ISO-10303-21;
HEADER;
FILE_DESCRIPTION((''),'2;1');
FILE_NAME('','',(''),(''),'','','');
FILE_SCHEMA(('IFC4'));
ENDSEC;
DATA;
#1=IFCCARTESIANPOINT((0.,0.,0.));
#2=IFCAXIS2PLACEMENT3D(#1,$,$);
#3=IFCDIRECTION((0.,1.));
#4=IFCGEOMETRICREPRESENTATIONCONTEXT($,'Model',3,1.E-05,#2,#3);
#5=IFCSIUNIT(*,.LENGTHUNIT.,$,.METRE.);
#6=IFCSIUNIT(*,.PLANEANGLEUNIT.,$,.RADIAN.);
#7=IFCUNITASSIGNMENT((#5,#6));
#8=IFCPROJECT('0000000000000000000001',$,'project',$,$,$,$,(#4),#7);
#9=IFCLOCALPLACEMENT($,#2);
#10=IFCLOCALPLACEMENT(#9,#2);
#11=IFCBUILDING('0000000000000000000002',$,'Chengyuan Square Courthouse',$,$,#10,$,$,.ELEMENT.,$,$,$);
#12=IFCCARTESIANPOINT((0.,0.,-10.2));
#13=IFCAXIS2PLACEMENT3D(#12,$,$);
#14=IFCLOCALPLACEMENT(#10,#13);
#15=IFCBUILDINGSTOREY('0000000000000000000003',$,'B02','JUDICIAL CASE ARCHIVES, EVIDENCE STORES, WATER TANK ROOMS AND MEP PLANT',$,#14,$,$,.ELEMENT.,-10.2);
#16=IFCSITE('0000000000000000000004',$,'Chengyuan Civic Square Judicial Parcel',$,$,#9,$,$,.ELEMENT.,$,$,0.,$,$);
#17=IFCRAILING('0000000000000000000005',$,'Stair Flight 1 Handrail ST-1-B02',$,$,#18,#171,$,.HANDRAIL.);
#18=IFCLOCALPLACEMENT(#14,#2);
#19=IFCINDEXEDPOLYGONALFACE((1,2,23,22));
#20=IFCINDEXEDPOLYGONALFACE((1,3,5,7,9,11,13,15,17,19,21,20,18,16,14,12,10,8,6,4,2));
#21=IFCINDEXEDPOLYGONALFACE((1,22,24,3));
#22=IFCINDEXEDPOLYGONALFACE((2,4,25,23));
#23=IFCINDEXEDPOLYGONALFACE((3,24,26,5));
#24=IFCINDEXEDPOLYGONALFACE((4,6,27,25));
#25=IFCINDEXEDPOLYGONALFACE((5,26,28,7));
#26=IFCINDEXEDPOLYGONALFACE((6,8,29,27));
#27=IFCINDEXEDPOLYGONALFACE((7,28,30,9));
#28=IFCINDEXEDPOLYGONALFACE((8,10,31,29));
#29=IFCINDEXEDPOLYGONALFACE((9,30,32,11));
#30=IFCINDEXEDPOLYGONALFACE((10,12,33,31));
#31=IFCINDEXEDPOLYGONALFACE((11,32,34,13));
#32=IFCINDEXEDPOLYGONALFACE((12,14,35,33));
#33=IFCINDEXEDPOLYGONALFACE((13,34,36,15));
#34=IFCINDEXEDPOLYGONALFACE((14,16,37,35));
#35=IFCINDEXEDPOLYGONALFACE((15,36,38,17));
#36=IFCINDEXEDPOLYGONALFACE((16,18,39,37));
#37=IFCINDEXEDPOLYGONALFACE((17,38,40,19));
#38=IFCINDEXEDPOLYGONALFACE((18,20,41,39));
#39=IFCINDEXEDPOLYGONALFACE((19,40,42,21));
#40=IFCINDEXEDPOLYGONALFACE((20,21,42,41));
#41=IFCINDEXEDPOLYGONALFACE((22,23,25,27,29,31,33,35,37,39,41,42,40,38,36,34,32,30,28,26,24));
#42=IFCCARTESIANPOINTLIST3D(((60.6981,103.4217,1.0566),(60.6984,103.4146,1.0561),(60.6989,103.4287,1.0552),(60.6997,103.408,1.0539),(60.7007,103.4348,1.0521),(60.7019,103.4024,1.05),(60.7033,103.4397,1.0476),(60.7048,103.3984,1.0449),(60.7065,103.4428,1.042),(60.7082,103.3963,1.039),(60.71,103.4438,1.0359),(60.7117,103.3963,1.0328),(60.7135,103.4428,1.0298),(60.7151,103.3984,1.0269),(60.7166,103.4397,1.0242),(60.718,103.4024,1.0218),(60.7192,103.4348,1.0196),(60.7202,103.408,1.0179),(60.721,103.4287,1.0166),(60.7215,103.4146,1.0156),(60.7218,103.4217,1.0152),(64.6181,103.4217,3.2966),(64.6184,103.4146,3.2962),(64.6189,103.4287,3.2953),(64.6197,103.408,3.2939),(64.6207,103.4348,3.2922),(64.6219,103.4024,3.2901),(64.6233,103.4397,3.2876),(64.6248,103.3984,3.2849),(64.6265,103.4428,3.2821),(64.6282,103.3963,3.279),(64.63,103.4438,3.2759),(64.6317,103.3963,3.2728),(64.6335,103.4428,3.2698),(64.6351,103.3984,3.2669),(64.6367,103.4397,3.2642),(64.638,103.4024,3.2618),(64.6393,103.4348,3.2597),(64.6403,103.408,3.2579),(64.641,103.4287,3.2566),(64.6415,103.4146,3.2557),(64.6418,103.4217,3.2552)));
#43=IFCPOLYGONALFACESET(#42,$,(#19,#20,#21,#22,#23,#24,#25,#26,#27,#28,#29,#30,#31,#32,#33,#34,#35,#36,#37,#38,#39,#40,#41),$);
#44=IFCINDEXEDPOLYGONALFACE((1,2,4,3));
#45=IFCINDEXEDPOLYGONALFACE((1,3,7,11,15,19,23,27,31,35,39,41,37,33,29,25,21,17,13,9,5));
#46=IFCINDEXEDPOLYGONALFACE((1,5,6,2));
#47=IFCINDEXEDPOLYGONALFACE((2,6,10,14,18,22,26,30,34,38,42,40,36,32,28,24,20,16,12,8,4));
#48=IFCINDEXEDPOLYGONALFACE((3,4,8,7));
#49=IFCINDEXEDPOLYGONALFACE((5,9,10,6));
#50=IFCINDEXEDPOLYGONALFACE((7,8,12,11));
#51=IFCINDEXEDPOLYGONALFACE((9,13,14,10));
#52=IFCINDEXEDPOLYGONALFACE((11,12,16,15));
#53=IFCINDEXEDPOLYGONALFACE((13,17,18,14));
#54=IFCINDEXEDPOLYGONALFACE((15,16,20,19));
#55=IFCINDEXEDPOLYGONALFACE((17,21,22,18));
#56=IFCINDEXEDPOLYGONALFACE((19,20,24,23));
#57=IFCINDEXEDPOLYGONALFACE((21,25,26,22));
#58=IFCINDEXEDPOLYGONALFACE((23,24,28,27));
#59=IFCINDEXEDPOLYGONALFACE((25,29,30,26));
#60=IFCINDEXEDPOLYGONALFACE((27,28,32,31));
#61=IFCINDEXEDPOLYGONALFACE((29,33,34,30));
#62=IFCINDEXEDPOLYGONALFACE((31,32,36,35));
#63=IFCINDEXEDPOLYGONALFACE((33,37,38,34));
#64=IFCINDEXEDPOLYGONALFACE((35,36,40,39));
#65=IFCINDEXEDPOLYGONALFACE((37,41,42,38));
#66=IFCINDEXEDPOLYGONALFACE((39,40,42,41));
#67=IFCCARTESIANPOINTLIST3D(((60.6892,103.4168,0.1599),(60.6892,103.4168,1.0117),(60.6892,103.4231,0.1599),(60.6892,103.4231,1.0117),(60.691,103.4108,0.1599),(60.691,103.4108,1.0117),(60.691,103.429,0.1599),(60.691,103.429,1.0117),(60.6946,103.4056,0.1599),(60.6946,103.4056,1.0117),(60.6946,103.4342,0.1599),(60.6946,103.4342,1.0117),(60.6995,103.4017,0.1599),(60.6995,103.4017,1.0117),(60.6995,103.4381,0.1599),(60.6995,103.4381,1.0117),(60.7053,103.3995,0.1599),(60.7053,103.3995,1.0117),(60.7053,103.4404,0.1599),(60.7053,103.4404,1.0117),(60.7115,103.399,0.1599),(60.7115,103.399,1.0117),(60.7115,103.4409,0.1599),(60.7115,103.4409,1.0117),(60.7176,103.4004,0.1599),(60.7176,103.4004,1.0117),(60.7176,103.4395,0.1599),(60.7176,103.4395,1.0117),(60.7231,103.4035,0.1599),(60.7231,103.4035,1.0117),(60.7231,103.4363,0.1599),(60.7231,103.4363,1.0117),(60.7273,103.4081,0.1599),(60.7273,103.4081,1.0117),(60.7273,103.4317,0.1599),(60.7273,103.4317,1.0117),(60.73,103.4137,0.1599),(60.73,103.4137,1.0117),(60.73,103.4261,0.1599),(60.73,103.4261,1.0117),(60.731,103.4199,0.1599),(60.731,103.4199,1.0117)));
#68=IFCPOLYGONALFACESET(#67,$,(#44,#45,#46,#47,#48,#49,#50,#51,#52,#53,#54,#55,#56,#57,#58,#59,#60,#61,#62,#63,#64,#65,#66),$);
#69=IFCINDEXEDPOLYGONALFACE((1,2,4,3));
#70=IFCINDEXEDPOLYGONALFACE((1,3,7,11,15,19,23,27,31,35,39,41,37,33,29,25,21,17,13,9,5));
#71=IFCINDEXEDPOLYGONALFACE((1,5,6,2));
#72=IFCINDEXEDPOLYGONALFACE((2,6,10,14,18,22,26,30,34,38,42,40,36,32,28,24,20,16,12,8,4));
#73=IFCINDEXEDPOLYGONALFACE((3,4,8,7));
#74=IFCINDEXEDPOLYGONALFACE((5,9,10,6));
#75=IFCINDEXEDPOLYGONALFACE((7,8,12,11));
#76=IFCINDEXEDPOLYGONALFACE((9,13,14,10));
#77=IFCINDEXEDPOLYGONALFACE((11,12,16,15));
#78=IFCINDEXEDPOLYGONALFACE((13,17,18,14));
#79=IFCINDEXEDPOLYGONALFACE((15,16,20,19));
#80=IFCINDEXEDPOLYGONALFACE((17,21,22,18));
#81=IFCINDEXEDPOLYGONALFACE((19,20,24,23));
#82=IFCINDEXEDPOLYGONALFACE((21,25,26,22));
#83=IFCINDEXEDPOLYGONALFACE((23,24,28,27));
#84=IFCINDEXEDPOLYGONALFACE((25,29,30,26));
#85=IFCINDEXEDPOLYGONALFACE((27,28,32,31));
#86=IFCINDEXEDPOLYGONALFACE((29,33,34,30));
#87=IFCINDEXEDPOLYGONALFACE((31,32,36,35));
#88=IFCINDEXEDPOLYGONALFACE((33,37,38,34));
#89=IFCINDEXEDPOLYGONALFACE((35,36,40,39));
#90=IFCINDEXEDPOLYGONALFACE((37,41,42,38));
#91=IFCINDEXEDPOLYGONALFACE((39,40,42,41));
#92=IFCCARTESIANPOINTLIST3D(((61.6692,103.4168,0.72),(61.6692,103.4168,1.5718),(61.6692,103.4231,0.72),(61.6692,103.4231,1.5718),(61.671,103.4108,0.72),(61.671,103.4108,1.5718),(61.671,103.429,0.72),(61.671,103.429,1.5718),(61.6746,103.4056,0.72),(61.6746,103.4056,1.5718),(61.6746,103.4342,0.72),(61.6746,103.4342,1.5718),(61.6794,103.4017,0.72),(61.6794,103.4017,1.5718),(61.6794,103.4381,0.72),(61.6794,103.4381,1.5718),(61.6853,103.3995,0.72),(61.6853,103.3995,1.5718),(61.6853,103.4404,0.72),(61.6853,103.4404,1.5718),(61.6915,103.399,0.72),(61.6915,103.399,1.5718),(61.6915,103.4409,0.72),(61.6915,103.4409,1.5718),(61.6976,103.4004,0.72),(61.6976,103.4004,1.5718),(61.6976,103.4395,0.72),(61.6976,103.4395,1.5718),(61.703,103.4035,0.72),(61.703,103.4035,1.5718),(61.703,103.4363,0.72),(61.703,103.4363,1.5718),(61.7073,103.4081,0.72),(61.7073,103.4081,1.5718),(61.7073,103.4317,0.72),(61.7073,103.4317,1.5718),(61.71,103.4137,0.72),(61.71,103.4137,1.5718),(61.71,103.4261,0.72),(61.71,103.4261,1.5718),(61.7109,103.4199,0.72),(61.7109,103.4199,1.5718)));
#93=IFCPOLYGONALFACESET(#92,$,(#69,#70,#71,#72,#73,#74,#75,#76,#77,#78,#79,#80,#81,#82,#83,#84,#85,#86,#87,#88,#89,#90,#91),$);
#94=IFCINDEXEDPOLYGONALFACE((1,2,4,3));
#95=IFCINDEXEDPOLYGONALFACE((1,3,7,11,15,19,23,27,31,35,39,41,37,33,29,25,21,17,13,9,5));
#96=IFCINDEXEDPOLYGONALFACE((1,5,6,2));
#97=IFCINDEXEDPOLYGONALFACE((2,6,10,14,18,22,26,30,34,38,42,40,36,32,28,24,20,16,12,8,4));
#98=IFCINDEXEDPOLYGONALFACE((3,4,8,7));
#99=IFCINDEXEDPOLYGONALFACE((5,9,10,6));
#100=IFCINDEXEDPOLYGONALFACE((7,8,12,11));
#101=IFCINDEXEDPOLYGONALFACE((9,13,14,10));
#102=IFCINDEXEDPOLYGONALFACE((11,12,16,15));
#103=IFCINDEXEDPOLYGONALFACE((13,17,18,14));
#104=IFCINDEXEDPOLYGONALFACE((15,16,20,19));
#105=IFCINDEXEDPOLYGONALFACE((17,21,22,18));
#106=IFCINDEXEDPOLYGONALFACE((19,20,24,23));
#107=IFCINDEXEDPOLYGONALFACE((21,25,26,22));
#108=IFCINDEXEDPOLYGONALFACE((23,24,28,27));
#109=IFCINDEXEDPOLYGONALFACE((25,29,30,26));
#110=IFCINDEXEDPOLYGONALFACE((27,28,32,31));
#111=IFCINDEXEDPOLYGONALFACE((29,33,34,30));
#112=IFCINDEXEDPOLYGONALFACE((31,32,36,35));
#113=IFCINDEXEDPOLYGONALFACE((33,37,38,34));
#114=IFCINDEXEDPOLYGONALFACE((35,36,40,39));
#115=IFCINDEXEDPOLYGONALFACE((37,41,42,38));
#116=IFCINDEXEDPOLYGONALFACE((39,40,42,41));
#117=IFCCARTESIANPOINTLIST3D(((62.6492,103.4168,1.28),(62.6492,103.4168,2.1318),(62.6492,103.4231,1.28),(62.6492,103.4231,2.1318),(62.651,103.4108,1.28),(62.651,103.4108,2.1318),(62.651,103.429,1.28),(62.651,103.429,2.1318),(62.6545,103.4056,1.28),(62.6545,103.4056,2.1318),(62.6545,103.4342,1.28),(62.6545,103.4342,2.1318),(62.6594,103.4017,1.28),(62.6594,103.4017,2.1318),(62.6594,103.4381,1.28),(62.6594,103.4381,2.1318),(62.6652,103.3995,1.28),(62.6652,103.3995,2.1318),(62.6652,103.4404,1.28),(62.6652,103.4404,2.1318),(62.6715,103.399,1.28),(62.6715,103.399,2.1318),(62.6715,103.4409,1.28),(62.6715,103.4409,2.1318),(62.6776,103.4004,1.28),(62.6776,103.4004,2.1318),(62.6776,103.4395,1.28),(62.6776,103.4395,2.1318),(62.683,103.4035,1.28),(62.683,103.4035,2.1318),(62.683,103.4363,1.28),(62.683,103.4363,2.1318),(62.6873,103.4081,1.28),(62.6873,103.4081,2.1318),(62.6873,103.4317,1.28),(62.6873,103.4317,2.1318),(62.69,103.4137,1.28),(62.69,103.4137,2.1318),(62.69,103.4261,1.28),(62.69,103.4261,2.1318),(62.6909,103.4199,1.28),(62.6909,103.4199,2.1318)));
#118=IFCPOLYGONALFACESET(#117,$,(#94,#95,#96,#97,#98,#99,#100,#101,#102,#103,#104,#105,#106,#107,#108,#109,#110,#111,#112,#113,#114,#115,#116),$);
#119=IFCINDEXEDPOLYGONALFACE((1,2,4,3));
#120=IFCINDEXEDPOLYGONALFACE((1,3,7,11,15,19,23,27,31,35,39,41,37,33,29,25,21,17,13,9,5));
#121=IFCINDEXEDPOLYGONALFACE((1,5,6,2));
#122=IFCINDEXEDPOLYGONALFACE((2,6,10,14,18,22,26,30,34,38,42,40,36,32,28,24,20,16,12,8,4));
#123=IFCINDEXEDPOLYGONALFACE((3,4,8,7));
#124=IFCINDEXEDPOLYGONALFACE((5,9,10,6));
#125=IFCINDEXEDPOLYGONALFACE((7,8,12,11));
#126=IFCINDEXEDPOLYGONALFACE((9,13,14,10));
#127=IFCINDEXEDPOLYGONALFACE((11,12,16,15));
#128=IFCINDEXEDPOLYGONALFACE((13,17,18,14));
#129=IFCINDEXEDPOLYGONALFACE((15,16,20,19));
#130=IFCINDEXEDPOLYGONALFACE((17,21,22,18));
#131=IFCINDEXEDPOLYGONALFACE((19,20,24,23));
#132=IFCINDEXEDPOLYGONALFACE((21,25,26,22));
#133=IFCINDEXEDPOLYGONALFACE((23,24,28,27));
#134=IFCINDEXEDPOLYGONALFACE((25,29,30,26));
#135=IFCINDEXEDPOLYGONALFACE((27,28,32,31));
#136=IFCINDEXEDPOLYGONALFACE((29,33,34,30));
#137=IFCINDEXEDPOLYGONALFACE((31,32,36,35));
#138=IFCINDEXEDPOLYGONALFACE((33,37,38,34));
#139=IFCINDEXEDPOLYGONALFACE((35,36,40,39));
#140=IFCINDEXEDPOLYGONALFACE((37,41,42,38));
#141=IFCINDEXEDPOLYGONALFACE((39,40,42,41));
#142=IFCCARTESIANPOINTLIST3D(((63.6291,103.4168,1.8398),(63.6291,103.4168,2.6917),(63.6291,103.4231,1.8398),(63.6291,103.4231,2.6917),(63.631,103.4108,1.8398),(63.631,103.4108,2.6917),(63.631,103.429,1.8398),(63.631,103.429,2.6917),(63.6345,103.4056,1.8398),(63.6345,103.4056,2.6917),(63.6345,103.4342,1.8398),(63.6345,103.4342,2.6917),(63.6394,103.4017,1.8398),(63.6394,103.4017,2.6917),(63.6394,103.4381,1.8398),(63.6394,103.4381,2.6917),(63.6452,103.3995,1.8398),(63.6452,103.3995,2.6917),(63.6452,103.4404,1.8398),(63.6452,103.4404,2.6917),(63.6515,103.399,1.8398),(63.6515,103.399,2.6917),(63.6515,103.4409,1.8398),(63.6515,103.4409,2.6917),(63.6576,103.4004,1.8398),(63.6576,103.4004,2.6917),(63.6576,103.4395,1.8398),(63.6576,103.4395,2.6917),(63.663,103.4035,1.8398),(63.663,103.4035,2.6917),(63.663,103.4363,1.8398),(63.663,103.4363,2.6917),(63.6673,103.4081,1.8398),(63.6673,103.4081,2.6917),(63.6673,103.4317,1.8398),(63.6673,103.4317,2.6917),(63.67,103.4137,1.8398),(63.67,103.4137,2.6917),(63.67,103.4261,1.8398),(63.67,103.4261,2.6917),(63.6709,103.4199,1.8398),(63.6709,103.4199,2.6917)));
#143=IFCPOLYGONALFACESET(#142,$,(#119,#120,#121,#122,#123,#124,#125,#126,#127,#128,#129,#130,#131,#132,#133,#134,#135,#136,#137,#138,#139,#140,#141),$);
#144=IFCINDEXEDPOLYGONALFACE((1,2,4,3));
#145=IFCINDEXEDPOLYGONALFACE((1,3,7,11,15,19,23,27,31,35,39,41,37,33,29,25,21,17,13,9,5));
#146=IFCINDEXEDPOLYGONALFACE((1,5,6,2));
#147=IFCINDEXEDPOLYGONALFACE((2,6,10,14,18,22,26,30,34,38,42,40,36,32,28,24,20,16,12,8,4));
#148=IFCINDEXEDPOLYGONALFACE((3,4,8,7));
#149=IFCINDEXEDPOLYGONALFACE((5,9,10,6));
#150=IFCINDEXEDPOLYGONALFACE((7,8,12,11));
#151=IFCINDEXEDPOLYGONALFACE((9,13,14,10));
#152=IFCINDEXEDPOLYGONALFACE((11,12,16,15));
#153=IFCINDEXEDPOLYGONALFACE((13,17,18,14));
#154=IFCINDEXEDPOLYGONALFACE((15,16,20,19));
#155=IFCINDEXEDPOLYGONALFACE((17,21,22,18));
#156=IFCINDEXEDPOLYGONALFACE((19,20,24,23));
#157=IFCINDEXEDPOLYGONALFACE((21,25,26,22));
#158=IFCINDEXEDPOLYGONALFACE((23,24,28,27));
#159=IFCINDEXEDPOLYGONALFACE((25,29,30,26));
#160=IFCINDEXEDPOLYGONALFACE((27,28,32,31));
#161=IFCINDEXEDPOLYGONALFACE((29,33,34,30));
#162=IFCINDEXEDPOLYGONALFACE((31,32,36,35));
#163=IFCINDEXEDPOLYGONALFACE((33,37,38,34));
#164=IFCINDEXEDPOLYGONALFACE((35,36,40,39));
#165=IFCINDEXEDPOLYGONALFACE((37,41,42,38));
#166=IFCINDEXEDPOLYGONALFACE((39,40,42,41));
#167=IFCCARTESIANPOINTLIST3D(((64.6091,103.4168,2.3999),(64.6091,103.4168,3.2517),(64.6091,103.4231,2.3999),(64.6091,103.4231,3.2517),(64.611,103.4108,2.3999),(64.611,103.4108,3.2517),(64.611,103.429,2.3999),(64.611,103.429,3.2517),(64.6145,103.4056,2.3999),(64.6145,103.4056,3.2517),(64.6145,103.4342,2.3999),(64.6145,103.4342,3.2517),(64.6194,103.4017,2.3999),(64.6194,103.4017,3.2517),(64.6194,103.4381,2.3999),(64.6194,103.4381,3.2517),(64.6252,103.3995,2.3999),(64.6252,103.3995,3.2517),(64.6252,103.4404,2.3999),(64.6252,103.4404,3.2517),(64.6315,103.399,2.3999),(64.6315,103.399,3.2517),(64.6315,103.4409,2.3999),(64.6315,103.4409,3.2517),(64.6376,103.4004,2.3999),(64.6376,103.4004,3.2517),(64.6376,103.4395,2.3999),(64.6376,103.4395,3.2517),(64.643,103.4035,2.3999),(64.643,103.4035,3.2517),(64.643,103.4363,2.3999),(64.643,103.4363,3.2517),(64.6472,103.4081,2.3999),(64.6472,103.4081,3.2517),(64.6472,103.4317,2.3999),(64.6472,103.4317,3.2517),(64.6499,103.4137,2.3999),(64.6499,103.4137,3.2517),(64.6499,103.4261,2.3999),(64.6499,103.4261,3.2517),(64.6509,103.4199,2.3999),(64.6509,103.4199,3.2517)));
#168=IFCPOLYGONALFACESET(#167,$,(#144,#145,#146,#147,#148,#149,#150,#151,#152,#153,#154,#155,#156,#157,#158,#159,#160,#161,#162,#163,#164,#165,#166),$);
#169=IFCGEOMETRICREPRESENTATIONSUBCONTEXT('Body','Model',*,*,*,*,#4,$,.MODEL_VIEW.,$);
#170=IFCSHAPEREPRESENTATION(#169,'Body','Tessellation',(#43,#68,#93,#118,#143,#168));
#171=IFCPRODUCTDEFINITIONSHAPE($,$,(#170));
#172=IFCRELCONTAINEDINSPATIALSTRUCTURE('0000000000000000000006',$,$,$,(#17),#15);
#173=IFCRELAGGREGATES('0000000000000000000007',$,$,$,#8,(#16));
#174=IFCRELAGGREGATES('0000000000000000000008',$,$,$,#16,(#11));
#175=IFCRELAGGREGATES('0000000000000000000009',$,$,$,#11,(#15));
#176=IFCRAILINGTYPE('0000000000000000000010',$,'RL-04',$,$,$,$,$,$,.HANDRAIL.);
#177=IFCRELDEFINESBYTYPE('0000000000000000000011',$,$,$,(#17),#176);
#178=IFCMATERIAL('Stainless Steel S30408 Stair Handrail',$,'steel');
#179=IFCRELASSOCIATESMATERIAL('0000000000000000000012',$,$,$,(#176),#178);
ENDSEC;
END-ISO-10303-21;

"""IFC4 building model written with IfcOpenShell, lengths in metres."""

from ifc_helpers import new_model, si_unit, direction, frame, origin, origin_2d, place, context, subcontext, project, spatial, circle, extrude, material, type_object, element, save


model = new_model("IFC4")

# Units and contexts
model_context = context("Model", 3, precision=1e-05, world=origin(), true_north=direction((0.0, 1.0)))
body_context = subcontext(model_context, "Body", "Model", "MODEL_VIEW")
ifc_project = project(units=[si_unit("LENGTHUNIT", "METRE"), si_unit("PLANEANGLEUNIT", "RADIAN")], contexts=[model_context])

# Site, building, storey
site_placement = place(None, origin())
site = spatial("IfcSite", under=ifc_project, at=site_placement, Name="Chengyuan Civic Square Judicial Parcel", CompositionType="ELEMENT", RefElevation=0.0)
building_placement = place(site_placement, origin())
building = spatial("IfcBuilding", under=site, at=building_placement, Name="Chengyuan Square Courthouse", CompositionType="ELEMENT")
storey_placement = place(building_placement, frame((0.0, 0.0, -10.2)))
storey = spatial("IfcBuildingStorey", under=building, at=storey_placement, Name="B02", Description="JUDICIAL CASE ARCHIVES, EVIDENCE STORES, WATER TANK ROOMS AND MEP PLANT", CompositionType="ELEMENT", Elevation=-10.2)

# Railing
ifc_material_1 = material(Name="Stainless Steel S30408 Stair Handrail", Category="steel")
railing_type_1 = type_object("IfcRailingType", Name="RL-04", PredefinedType="HANDRAIL", material=ifc_material_1)
railing_1_placement = place(storey_placement, frame((60.71, 103.4199, 0.1599)))
element("IfcRailing", 1, at=railing_1_placement, inside=storey, type_object=railing_type_1, Name="Stair Flight 1 Handrail ST-1-B02", PredefinedType="HANDRAIL", context=body_context, shape_type="SweptSolid", body=[
    extrude(circle(Radius=0.0239, at=origin_2d()), frame((0.0, 0.0, 0.876), z_axis=(0.86824, 0.0, 0.496145), x_axis=(0.0, 1.0, 0.0)), (0.0, 0.0, 1.0), 4.5149),
    extrude(circle(Radius=0.021, at=origin_2d()), origin(), (0.0, 0.0, 1.0), 0.8518),
    extrude(circle(Radius=0.021, at=origin_2d()), frame((0.98, 0.0, 0.5601)), (0.0, 0.0, 1.0), 0.8518),
    extrude(circle(Radius=0.021, at=origin_2d()), frame((1.96, 0.0, 1.1201)), (0.0, 0.0, 1.0), 0.8518),
    extrude(circle(Radius=0.021, at=origin_2d()), frame((2.9399, 0.0, 1.6799)), (0.0, 0.0, 1.0), 0.8518),
    extrude(circle(Radius=0.021, at=origin_2d()), frame((3.9199, 0.0, 2.24)), (0.0, 0.0, 1.0), 0.8518),
])

save(model, "model.ifc")
